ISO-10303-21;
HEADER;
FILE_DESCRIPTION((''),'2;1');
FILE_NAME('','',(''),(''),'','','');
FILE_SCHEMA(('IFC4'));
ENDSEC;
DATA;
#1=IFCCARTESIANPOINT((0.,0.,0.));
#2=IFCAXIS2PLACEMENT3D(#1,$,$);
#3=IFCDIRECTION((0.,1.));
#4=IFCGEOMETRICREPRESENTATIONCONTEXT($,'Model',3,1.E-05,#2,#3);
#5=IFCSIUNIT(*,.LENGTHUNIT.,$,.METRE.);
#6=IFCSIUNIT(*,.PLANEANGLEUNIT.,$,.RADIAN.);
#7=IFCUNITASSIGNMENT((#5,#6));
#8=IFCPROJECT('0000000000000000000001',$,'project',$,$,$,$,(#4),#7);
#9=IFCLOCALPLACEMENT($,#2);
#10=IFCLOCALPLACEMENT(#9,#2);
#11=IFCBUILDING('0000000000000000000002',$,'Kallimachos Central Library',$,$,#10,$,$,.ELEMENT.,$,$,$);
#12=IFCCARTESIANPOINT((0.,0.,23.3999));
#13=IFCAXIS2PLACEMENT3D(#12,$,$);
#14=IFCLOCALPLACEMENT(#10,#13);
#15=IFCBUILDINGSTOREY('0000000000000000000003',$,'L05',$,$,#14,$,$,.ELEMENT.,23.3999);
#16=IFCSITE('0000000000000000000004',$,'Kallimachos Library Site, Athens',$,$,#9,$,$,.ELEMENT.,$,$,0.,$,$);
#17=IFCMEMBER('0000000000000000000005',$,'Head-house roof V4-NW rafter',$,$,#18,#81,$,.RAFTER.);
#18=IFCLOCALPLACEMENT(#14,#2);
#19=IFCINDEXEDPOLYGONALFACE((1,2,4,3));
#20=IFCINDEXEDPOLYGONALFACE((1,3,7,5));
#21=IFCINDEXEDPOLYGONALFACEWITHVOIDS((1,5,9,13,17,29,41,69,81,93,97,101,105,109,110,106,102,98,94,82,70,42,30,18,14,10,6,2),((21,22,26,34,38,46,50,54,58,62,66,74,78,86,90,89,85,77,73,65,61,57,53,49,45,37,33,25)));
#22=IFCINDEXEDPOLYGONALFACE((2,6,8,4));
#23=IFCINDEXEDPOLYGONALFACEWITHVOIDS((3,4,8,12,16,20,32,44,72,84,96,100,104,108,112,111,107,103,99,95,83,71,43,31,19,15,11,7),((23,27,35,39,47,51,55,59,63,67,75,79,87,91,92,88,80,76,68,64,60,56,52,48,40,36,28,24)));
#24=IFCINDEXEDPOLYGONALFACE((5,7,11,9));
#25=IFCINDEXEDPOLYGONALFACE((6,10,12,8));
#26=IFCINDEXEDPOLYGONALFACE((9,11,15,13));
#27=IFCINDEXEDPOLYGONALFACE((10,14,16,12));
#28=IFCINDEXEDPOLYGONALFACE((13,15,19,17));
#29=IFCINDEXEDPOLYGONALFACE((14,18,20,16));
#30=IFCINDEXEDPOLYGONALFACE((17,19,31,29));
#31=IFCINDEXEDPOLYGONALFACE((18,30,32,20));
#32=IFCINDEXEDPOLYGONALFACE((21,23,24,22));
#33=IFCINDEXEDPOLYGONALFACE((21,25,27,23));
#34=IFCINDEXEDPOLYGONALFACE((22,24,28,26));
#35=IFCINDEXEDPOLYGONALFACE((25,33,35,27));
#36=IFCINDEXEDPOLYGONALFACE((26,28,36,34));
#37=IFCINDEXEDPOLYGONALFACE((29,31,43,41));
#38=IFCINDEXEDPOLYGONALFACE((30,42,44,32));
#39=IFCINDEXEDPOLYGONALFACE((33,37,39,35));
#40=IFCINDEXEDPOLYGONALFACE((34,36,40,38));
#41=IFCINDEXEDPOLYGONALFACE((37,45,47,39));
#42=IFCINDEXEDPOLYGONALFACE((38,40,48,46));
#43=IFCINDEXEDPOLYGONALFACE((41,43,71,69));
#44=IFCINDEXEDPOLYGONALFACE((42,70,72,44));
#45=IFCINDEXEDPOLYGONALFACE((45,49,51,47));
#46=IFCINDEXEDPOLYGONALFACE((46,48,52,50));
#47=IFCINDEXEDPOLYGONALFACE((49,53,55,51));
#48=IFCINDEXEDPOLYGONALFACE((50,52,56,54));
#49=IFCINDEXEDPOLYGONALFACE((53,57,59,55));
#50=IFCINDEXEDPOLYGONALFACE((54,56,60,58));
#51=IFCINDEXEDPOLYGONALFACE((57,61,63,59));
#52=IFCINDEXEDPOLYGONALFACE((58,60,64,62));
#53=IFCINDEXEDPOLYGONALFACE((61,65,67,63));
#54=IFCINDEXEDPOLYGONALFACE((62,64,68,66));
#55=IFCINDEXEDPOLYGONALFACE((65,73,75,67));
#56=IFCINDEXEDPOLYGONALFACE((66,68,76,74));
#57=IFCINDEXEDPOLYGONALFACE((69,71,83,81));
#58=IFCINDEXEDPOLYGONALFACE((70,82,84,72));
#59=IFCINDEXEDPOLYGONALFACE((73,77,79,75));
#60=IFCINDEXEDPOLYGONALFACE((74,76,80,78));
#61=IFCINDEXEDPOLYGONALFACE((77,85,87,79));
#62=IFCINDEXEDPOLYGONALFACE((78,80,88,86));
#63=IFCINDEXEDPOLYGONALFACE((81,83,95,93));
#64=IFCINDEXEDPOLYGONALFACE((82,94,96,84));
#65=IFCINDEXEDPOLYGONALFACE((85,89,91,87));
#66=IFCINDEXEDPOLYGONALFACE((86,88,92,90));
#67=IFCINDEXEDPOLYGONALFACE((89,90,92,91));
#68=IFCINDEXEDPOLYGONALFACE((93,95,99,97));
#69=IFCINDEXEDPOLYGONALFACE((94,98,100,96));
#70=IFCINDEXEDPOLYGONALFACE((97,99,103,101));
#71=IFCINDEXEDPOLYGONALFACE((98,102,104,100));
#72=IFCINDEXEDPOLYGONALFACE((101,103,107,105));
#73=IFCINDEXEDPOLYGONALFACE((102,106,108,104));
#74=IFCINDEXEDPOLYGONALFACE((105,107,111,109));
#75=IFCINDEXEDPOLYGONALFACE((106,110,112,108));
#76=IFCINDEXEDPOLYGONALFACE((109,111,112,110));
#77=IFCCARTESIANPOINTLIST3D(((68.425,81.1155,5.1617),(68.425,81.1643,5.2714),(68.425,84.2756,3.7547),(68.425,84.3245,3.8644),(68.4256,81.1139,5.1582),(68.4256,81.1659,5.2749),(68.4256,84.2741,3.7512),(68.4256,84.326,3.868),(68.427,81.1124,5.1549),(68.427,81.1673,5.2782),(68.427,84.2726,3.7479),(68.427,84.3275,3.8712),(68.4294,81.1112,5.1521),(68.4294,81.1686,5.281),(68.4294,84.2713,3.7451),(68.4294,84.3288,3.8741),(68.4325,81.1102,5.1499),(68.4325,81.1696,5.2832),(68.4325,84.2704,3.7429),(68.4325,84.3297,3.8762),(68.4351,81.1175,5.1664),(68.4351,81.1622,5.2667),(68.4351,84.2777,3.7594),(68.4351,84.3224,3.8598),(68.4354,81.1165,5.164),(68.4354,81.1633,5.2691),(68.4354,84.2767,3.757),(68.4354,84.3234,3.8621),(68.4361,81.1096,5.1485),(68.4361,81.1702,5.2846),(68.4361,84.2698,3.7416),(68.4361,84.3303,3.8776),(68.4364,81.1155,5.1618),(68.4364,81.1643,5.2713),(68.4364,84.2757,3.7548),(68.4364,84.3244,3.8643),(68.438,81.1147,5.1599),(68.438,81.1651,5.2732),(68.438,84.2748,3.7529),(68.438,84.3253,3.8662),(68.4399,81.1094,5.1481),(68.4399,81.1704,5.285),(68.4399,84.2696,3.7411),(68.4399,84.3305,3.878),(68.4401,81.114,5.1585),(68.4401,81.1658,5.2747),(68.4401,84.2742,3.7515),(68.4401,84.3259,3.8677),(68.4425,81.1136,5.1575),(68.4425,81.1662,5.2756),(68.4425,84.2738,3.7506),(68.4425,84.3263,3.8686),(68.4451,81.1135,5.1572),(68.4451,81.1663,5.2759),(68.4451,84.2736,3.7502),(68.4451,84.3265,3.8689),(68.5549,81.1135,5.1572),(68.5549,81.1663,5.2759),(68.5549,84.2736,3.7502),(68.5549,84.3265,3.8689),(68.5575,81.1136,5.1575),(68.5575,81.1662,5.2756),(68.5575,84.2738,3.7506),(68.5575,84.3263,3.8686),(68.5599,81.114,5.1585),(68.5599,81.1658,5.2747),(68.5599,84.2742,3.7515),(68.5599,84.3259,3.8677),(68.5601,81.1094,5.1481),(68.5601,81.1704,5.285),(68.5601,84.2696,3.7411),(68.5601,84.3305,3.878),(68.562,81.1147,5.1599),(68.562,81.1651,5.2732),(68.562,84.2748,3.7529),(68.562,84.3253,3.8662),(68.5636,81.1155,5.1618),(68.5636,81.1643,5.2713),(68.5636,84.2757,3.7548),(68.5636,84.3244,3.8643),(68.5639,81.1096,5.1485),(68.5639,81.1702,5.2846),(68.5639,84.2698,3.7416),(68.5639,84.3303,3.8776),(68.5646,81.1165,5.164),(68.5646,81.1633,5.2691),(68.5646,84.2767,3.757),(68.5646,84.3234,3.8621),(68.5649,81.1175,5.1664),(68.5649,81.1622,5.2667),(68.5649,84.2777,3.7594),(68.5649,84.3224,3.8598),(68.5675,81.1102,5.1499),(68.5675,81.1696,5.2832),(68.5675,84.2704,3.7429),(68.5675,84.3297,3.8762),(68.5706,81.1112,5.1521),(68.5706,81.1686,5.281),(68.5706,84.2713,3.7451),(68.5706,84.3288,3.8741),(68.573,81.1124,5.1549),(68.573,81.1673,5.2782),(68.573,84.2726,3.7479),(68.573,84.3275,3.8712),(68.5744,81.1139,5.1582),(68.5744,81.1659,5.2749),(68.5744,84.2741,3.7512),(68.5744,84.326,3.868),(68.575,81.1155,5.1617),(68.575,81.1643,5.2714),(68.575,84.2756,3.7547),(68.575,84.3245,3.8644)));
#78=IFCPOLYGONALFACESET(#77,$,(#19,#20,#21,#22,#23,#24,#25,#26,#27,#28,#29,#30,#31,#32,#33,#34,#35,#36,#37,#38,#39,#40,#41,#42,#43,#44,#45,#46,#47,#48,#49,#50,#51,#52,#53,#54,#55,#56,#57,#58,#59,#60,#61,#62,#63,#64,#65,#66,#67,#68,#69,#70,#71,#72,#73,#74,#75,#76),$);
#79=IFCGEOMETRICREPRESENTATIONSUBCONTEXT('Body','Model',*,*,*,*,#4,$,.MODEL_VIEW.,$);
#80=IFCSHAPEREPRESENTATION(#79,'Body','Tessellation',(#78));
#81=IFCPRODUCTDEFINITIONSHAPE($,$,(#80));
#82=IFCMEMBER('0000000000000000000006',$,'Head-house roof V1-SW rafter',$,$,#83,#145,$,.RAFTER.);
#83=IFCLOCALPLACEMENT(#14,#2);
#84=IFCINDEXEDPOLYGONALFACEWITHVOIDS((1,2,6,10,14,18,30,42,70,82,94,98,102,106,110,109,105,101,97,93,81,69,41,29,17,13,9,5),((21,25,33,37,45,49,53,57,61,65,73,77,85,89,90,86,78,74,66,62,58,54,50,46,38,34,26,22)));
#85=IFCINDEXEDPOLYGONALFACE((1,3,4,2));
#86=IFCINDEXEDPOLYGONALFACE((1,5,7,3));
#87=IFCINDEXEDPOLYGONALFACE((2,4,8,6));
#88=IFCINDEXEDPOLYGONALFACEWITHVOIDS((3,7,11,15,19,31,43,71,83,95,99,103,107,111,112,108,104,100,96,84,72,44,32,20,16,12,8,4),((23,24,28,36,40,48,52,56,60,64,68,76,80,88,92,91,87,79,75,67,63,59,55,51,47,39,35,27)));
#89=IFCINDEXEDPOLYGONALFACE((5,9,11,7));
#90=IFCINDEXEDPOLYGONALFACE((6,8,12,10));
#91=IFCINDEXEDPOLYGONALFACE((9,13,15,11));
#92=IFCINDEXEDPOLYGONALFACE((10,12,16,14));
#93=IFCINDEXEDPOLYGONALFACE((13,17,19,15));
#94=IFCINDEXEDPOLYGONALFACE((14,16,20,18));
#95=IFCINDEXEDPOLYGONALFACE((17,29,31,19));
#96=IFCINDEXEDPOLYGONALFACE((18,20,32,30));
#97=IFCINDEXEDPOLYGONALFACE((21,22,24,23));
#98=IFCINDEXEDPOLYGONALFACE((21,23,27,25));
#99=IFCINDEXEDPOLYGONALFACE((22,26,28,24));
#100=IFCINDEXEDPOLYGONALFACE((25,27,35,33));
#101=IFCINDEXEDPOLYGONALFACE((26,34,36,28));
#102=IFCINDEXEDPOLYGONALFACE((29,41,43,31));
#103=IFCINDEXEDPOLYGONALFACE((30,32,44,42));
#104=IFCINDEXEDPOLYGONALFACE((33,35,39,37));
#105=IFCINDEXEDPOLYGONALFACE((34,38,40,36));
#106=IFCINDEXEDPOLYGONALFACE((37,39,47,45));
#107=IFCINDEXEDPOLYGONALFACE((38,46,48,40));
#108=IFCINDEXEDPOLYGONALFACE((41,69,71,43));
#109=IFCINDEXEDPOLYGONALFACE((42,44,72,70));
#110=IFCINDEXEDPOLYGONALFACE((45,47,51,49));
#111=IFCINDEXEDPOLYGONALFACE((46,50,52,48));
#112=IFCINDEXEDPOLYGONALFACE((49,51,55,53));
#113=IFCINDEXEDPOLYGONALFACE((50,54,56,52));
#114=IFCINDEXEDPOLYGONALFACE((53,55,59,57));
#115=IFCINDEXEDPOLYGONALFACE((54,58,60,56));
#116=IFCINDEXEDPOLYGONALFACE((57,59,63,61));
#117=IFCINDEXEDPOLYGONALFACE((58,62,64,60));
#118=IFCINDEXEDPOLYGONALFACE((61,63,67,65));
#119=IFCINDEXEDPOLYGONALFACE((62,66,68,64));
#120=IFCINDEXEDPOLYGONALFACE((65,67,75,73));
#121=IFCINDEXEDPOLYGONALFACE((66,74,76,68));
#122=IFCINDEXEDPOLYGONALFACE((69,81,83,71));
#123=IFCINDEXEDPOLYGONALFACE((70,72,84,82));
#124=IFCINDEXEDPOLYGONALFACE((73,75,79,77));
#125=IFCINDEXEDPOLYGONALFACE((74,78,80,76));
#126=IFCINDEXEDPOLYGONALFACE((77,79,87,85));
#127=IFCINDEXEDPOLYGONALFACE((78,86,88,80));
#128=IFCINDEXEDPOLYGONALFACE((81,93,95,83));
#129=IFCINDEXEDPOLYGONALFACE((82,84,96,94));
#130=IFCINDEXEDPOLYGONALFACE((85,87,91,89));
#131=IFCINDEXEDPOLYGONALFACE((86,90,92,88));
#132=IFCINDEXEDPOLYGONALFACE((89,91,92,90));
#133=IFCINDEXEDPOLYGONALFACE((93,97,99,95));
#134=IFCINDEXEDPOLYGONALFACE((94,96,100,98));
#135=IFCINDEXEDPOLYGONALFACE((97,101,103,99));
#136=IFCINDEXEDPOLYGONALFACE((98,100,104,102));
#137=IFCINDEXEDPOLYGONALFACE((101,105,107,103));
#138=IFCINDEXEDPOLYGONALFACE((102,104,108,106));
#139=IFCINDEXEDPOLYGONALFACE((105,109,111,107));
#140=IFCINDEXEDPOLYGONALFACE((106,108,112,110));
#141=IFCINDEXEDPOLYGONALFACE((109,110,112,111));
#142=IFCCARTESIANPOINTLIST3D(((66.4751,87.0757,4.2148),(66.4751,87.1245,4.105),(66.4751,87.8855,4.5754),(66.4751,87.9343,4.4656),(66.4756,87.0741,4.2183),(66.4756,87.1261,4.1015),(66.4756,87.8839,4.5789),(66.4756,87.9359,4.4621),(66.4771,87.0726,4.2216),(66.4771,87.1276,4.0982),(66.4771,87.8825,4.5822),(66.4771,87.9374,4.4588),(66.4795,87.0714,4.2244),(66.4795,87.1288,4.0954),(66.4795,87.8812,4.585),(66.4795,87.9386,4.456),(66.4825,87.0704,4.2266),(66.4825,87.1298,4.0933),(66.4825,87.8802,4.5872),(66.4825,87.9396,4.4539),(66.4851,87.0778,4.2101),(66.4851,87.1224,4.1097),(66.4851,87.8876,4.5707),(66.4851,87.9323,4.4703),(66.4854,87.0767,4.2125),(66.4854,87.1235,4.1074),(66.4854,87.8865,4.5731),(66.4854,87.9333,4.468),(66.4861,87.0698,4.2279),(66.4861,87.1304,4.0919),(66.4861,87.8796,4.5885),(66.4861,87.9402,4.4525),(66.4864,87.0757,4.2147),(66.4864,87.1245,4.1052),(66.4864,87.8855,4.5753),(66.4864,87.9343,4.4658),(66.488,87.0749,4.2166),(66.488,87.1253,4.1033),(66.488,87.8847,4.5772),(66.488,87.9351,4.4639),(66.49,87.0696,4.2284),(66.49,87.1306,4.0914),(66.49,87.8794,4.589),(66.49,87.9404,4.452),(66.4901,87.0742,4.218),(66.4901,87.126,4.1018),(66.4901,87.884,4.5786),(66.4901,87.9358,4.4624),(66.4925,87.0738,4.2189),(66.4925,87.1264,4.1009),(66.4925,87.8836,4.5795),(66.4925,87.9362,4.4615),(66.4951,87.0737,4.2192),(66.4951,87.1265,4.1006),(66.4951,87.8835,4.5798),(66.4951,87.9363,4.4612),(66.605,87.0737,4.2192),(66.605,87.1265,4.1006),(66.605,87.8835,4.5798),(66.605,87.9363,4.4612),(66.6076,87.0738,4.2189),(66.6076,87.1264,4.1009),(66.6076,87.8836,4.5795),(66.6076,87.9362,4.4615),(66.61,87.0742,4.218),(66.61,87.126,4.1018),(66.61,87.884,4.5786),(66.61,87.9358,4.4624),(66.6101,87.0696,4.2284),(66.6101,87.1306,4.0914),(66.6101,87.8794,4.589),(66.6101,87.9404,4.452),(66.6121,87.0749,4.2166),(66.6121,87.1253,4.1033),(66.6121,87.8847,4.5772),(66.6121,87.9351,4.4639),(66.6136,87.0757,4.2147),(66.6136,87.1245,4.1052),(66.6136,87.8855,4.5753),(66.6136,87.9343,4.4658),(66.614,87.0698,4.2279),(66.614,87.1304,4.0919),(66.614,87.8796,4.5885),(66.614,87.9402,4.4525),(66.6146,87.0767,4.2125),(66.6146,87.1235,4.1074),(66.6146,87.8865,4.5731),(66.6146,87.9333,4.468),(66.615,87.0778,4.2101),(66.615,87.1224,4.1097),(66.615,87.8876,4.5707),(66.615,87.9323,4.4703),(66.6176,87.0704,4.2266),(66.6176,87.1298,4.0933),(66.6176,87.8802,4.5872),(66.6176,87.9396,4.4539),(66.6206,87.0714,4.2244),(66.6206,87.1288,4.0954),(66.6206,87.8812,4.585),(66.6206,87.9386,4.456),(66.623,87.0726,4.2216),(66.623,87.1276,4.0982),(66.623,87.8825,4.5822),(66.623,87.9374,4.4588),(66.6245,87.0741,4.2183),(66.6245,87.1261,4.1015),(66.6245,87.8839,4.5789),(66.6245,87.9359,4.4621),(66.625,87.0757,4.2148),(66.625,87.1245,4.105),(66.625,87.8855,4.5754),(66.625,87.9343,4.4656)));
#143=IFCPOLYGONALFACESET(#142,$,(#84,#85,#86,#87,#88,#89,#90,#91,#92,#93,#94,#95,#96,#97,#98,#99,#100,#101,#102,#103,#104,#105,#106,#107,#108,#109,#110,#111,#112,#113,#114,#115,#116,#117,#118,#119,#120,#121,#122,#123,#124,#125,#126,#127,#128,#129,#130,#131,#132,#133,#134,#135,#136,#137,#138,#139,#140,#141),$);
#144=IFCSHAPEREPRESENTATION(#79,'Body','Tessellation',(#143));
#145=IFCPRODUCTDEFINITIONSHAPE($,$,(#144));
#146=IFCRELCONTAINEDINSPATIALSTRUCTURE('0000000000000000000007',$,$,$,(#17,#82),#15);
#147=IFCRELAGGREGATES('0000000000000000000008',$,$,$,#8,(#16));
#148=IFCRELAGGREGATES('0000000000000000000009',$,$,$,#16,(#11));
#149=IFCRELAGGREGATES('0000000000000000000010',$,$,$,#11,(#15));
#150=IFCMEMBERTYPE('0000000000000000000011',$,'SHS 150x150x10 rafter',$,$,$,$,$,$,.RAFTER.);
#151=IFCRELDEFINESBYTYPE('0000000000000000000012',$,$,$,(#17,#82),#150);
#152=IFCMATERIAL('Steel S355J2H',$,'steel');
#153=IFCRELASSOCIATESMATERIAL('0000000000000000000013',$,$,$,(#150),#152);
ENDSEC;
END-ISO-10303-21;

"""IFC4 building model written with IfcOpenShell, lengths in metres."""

from ifc_helpers import new_model, si_unit, direction, frame, origin, origin_2d, place, context, subcontext, project, spatial, hollow_rectangle, extrude, material, material_profile, profile_set, type_object, element, save


model = new_model("IFC4")

# Units and contexts
model_context = context("Model", 3, precision=1e-05, world=origin(), true_north=direction((0.0, 1.0)))
body_context = subcontext(model_context, "Body", "Model", "MODEL_VIEW")
ifc_project = project(units=[si_unit("LENGTHUNIT", "METRE"), si_unit("PLANEANGLEUNIT", "RADIAN")], contexts=[model_context])

# Site, building, storey
site_placement = place(None, origin())
site = spatial("IfcSite", under=ifc_project, at=site_placement, Name="Kallimachos Library Site, Athens", CompositionType="ELEMENT", RefElevation=0.0)
building_placement = place(site_placement, origin())
building = spatial("IfcBuilding", under=site, at=building_placement, Name="Kallimachos Central Library", CompositionType="ELEMENT")
storey_placement = place(building_placement, frame((0.0, 0.0, 23.3999)))
storey = spatial("IfcBuildingStorey", under=building, at=storey_placement, Name="L05", CompositionType="ELEMENT", Elevation=23.3999)

# Members
ifc_material_1 = material(Name="Steel S355J2H", Category="steel")
ifc_material_profile_1 = material_profile(ifc_material_1, hollow_rectangle(XDim=0.1499, YDim=0.1499, WallThickness=0.01, InnerFilletRadius=0.01, OuterFilletRadius=0.0149, at=origin_2d()), Name="SHS 150x150x10")
ifc_profile_set_1 = profile_set([ifc_material_profile_1], Name="Steel S355J2H")
member_type_1 = type_object("IfcMemberType", Name="SHS 150x150x10 rafter", PredefinedType="RAFTER", material=ifc_profile_set_1)
member_1_placement = place(storey_placement, frame((68.5, 84.3, 3.8096), z_axis=(0.0, -0.913547, 0.406734), x_axis=(1.0, 0.0, 0.0)))
element("IfcMember", 1, at=member_1_placement, inside=storey, type_object=member_type_1, Name="Head-house roof V4-NW rafter", PredefinedType="RAFTER", context=body_context, shape_type="SweptSolid", body=[
    extrude(hollow_rectangle(XDim=0.1499, YDim=0.1499, WallThickness=0.01, InnerFilletRadius=0.01, OuterFilletRadius=0.0149, at=origin_2d()), origin(), (0.0, 0.0, 1.0), 3.4592),
])
member_2_placement = place(storey_placement, frame((66.55, 87.1001, 4.1599), z_axis=(0.0, 0.913527, 0.406777), x_axis=(-1.0, 0.0, 0.0)))
element("IfcMember", 2, at=member_2_placement, inside=storey, type_object=member_type_1, Name="Head-house roof V1-SW rafter", PredefinedType="RAFTER", context=body_context, shape_type="SweptSolid", body=[
    extrude(hollow_rectangle(XDim=0.1499, YDim=0.1499, WallThickness=0.01, InnerFilletRadius=0.01, OuterFilletRadius=0.0149, at=origin_2d()), origin(), (0.0, 0.0, 1.0), 0.8865),
])

save(model, "model.ifc")
